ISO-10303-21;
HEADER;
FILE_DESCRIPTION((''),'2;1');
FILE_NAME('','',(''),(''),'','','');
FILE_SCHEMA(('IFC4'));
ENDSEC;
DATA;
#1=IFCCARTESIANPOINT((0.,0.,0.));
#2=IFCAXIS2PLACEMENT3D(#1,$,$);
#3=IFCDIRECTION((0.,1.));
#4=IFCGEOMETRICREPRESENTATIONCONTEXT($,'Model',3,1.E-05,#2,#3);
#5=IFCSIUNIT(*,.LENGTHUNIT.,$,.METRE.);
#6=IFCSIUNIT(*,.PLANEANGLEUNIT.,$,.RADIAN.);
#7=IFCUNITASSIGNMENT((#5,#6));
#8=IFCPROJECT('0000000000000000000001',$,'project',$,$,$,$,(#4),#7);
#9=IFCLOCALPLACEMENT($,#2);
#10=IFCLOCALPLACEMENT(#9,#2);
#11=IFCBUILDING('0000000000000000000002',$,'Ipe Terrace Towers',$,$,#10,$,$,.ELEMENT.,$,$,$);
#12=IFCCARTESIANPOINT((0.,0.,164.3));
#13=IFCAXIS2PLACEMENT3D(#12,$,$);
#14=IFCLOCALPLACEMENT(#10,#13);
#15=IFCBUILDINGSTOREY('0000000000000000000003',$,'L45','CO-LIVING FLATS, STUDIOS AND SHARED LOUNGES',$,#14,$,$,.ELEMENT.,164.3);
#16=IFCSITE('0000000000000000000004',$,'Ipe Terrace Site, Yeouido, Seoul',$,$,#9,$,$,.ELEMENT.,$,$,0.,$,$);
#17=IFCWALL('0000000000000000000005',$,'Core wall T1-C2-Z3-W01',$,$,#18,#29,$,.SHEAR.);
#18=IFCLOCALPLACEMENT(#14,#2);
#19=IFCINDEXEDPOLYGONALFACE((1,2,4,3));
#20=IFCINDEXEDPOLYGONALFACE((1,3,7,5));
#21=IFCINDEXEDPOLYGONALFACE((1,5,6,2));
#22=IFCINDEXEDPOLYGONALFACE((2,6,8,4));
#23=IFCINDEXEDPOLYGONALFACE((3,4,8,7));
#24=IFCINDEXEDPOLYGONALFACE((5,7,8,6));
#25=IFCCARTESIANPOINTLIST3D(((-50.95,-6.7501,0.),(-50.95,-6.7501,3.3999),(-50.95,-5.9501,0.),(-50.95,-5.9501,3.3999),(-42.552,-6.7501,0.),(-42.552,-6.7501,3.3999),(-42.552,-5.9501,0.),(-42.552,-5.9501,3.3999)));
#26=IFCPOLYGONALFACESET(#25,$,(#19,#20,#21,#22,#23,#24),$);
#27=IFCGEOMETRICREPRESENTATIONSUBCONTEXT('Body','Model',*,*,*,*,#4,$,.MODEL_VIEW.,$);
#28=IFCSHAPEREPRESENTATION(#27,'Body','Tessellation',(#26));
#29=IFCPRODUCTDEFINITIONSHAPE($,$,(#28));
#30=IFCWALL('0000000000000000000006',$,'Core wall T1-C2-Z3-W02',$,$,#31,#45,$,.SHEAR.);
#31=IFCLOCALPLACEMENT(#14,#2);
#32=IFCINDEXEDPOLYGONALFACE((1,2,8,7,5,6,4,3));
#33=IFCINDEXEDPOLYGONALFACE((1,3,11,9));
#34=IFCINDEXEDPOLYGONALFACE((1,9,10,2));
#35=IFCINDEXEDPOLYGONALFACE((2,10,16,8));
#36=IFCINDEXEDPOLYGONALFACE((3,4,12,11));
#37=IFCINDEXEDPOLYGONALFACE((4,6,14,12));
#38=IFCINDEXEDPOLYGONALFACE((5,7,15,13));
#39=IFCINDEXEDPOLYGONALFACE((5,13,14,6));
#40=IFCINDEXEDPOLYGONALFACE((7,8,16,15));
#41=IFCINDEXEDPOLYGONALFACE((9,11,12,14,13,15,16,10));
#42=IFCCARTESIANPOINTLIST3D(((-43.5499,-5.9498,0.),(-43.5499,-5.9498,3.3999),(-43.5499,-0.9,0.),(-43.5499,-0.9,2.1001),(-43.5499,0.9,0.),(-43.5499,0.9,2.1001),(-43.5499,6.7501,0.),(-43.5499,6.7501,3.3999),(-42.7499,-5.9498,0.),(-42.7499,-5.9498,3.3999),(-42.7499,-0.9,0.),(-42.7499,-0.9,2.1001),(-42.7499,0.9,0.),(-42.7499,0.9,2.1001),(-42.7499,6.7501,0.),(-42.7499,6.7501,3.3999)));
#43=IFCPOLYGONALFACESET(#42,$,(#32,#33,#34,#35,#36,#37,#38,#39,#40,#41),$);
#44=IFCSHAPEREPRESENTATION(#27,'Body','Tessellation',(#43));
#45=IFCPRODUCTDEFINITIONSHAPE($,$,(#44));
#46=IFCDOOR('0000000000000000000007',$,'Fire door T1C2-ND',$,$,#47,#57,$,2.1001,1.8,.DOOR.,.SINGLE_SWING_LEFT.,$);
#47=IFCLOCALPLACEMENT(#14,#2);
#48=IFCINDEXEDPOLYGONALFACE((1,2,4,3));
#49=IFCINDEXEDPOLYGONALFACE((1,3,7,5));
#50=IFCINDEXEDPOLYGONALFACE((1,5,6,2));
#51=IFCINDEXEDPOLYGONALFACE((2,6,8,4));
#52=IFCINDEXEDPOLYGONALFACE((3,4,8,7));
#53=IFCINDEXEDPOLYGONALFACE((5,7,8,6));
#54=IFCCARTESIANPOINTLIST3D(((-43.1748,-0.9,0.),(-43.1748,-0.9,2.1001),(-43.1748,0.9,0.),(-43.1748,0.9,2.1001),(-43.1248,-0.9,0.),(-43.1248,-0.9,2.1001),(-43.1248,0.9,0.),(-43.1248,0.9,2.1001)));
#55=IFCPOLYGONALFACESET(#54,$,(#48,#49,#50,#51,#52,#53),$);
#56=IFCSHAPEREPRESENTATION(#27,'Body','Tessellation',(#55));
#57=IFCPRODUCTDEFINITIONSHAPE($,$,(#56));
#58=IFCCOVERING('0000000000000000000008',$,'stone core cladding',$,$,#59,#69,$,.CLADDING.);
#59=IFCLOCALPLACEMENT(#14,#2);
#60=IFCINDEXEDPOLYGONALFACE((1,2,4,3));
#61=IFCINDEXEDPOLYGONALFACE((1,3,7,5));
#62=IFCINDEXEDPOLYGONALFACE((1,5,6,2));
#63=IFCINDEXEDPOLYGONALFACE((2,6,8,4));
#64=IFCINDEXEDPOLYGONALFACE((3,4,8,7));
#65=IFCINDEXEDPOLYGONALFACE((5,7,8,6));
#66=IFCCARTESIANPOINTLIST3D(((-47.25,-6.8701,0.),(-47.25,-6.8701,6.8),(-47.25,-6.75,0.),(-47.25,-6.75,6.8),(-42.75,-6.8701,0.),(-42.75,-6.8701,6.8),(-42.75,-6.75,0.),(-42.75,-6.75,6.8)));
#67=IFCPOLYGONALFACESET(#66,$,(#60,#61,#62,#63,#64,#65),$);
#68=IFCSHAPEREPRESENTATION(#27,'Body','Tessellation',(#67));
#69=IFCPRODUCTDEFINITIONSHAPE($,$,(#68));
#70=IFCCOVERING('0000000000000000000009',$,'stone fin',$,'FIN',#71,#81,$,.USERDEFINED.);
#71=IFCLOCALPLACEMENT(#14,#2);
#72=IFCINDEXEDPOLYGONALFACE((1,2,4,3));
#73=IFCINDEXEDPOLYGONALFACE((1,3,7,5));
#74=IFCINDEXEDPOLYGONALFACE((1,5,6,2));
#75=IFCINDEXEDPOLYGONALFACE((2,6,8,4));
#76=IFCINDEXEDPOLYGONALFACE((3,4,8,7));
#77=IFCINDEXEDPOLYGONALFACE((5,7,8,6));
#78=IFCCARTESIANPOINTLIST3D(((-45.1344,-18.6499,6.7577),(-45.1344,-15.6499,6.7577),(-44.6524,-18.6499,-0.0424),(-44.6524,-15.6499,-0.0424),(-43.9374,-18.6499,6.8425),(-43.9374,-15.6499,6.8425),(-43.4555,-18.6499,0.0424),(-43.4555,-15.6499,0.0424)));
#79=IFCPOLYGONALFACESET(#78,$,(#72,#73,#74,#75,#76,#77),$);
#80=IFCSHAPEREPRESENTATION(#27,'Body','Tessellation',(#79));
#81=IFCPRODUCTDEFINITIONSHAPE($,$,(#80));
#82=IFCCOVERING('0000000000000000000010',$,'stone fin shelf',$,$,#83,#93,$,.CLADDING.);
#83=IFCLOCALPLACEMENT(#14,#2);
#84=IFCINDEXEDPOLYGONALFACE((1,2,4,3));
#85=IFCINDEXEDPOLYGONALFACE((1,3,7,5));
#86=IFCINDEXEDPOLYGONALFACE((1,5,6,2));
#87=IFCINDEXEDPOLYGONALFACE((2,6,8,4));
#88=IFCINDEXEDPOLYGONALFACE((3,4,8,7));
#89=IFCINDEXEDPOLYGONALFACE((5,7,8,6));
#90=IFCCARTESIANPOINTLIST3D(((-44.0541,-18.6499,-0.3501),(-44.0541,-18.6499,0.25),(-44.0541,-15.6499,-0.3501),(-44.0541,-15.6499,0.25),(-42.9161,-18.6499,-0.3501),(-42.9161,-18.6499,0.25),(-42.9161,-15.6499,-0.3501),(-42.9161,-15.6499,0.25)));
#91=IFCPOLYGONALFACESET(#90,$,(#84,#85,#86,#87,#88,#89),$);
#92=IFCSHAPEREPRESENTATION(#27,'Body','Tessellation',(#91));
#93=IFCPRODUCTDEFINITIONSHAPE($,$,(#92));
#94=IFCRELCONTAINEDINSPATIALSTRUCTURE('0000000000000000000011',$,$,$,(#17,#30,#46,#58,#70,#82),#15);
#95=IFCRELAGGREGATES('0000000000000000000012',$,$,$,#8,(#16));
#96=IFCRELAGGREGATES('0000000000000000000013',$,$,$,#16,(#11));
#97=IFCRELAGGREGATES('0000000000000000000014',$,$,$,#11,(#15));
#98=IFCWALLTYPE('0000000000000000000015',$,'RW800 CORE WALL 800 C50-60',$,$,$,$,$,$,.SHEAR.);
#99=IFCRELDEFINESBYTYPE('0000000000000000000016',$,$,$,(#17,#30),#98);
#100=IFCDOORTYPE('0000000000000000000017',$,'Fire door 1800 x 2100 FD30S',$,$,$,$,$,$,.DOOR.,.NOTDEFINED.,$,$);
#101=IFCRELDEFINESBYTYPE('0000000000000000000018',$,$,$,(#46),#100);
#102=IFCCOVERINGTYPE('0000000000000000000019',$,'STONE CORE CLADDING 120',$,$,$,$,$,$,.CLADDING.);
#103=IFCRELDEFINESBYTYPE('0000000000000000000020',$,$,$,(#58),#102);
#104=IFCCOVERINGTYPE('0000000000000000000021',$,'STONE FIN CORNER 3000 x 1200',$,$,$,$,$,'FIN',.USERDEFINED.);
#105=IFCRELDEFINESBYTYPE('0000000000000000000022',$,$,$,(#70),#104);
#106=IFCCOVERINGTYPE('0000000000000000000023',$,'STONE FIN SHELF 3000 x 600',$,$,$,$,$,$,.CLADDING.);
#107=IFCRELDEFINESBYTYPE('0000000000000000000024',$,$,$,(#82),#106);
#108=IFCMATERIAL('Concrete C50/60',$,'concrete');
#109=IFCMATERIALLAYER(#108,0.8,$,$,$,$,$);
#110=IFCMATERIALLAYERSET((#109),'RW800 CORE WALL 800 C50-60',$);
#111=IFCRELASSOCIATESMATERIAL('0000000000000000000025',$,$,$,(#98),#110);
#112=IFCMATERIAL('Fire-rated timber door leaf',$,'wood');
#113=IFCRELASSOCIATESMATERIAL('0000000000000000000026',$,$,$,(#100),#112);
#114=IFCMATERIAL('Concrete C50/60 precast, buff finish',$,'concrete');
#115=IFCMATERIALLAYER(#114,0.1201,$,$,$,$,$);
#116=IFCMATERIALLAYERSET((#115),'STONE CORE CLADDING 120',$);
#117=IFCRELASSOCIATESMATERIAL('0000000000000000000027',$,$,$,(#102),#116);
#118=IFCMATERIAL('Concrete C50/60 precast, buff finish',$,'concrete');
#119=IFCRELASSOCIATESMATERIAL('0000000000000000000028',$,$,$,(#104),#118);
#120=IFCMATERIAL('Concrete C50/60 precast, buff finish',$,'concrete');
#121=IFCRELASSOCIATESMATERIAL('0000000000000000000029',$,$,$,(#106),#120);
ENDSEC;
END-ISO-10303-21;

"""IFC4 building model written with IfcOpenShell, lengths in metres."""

from ifc_helpers import new_model, si_unit, direction, frame, frame_2d, origin, origin_2d, place, context, subcontext, project, spatial, rectangle, extrude, material, layer, layer_set, material_profile, profile_set, type_object, element, fill, save


model = new_model("IFC4")

# Units and contexts
model_context = context("Model", 3, precision=1e-05, world=origin(), true_north=direction((0.0, 1.0)))
body_context = subcontext(model_context, "Body", "Model", "MODEL_VIEW")
ifc_project = project(units=[si_unit("LENGTHUNIT", "METRE"), si_unit("PLANEANGLEUNIT", "RADIAN")], contexts=[model_context])

# Site, building, storey
site_placement = place(None, origin())
site = spatial("IfcSite", under=ifc_project, at=site_placement, Name="Ipe Terrace Site, Yeouido, Seoul", CompositionType="ELEMENT", RefElevation=0.0)
building_placement = place(site_placement, origin())
building = spatial("IfcBuilding", under=site, at=building_placement, Name="Ipe Terrace Towers", CompositionType="ELEMENT")
storey_placement = place(building_placement, frame((0.0, 0.0, 164.3)))
storey = spatial("IfcBuildingStorey", under=building, at=storey_placement, Name="L45", Description="CO-LIVING FLATS, STUDIOS AND SHARED LOUNGES", CompositionType="ELEMENT", Elevation=164.3)

# Wall
ifc_material_1 = material(Name="Concrete C50/60", Category="concrete")
ifc_layer_1 = layer(ifc_material_1, 0.8)
ifc_layer_set_1 = layer_set([ifc_layer_1], Name="RW800 CORE WALL 800 C50-60")
wall_type_1 = type_object("IfcWallType", Name="RW800 CORE WALL 800 C50-60", PredefinedType="SHEAR", material=ifc_layer_set_1)
wall_1_placement = place(storey_placement, frame((-50.95, -6.3501, 0.0), z_axis=(0.0, 0.0, 1.0), x_axis=(1.0, 0.0, 0.0)))
element("IfcWall", 1, at=wall_1_placement, inside=storey, type_object=wall_type_1, Name="Core wall T1-C2-Z3-W01", PredefinedType="SHEAR", context=body_context, shape_type="SweptSolid", body=[
    extrude(rectangle(XDim=8.3979, YDim=0.8, at=frame_2d((4.199, 0.0))), origin(), (0.0, 0.0, 1.0), 3.3999),
])

# Wall, opening, door
wall_2_placement = place(storey_placement, frame((-43.1499, -5.95, 0.0), z_axis=(0.0, 0.0, 1.0), x_axis=(0.0, 1.0, 0.0)))
wall_2 = element("IfcWall", 2, at=wall_2_placement, inside=storey, type_object=wall_type_1, Name="Core wall T1-C2-Z3-W02", PredefinedType="SHEAR", context=body_context, shape_type="SweptSolid", body=[
    extrude(rectangle(XDim=12.7, YDim=0.8, at=frame_2d((6.3501, 0.0))), origin(), (0.0, 0.0, 1.0), 3.3999),
])
opening_1_placement = place(wall_2_placement, frame((5.05, 0.0, 0.0)))
opening_1 = element("IfcOpeningElement", 3, at=opening_1_placement, cuts=wall_2, PredefinedType="OPENING", context=body_context, shape_type="SweptSolid", body=[
    extrude(rectangle(XDim=1.8, YDim=2.1001, at=frame_2d((0.8999, 1.05))), frame((0.0, 0.4102, 0.0), z_axis=(0.0, -1.0, 0.0), x_axis=(1.0, 0.0, 0.0)), (0.0, 0.0, 1.0), 0.8201),
])
ifc_material_2 = material(Name="Fire-rated timber door leaf", Category="wood")
door_type_1 = type_object("IfcDoorType", Name="Fire door 1800 x 2100 FD30S", OperationType="NOTDEFINED", PredefinedType="DOOR", material=ifc_material_2)
door_1_placement = place(opening_1_placement, origin())
door_1 = element("IfcDoor", 4, at=door_1_placement, inside=storey, type_object=door_type_1, Name="Fire door T1C2-ND", OperationType="SINGLE_SWING_LEFT", OverallHeight=2.1001, OverallWidth=1.8, PredefinedType="DOOR", context=body_context, shape_type="SweptSolid", body=[
    extrude(rectangle(XDim=1.8, YDim=2.1001, at=frame_2d((0.8999, 1.05))), frame((0.0, 0.0249, 0.0), z_axis=(0.0, -1.0, 0.0), x_axis=(1.0, 0.0, 0.0)), (0.0, 0.0, 1.0), 0.05),
])
fill(opening_1, door_1)

# Coverings
ifc_material_3 = material(Name="Concrete C50/60 precast, buff finish", Category="concrete")
ifc_layer_2 = layer(ifc_material_3, 0.1201)
ifc_layer_set_2 = layer_set([ifc_layer_2], Name="STONE CORE CLADDING 120")
covering_type_1 = type_object("IfcCoveringType", Name="STONE CORE CLADDING 120", PredefinedType="CLADDING", material=ifc_layer_set_2)
covering_1_placement = place(storey_placement, frame((-45.0, -6.8101, 0.0), z_axis=(0.0, 0.0, 1.0), x_axis=(1.0, 0.0, 0.0)))
element("IfcCovering", 5, at=covering_1_placement, inside=storey, type_object=covering_type_1, Name="stone core cladding", PredefinedType="CLADDING", context=body_context, shape_type="SweptSolid", body=[
    extrude(rectangle(XDim=4.5, YDim=0.1201, at=origin_2d()), origin(), (0.0, 0.0, 1.0), 6.8),
])
ifc_material_4 = material(Name="Concrete C50/60 precast, buff finish", Category="concrete")
ifc_material_profile_1 = material_profile(ifc_material_4, rectangle(XDim=3.0, YDim=1.2, at=origin_2d()), Name="STONE FIN CORNER 3000 x 1200")
ifc_profile_set_1 = profile_set([ifc_material_profile_1], Name="Concrete C50/60 precast, buff finish")
covering_type_2 = type_object("IfcCoveringType", Name="STONE FIN CORNER 3000 x 1200", ElementType="FIN", PredefinedType="USERDEFINED", material=ifc_profile_set_1)
covering_2_placement = place(storey_placement, frame((-44.054, -17.1499, 0.0), z_axis=(-0.070695, 0.0, 0.997498), x_axis=(0.0, -1.0, 0.0)))
element("IfcCovering", 6, at=covering_2_placement, inside=storey, type_object=covering_type_2, Name="stone fin", ObjectType="FIN", PredefinedType="USERDEFINED", context=body_context, shape_type="SweptSolid", body=[
    extrude(rectangle(XDim=3.0, YDim=1.2, at=origin_2d()), origin(), (0.0, 0.0, 1.0), 6.8171),
])
ifc_material_5 = material(Name="Concrete C50/60 precast, buff finish", Category="concrete")
covering_type_3 = type_object("IfcCoveringType", Name="STONE FIN SHELF 3000 x 600", PredefinedType="CLADDING", material=ifc_material_5)
covering_3_placement = place(storey_placement, frame((-43.4851, -17.1499, -0.3501), z_axis=(0.0, 0.0, 1.0), x_axis=(0.0, -1.0, 0.0)))
element("IfcCovering", 7, at=covering_3_placement, inside=storey, type_object=covering_type_3, Name="stone fin shelf", PredefinedType="CLADDING", context=body_context, shape_type="SweptSolid", body=[
    extrude(rectangle(XDim=3.0, YDim=1.1379, at=origin_2d()), origin(), (0.0, 0.0, 1.0), 0.6001),
])

save(model, "model.ifc")
